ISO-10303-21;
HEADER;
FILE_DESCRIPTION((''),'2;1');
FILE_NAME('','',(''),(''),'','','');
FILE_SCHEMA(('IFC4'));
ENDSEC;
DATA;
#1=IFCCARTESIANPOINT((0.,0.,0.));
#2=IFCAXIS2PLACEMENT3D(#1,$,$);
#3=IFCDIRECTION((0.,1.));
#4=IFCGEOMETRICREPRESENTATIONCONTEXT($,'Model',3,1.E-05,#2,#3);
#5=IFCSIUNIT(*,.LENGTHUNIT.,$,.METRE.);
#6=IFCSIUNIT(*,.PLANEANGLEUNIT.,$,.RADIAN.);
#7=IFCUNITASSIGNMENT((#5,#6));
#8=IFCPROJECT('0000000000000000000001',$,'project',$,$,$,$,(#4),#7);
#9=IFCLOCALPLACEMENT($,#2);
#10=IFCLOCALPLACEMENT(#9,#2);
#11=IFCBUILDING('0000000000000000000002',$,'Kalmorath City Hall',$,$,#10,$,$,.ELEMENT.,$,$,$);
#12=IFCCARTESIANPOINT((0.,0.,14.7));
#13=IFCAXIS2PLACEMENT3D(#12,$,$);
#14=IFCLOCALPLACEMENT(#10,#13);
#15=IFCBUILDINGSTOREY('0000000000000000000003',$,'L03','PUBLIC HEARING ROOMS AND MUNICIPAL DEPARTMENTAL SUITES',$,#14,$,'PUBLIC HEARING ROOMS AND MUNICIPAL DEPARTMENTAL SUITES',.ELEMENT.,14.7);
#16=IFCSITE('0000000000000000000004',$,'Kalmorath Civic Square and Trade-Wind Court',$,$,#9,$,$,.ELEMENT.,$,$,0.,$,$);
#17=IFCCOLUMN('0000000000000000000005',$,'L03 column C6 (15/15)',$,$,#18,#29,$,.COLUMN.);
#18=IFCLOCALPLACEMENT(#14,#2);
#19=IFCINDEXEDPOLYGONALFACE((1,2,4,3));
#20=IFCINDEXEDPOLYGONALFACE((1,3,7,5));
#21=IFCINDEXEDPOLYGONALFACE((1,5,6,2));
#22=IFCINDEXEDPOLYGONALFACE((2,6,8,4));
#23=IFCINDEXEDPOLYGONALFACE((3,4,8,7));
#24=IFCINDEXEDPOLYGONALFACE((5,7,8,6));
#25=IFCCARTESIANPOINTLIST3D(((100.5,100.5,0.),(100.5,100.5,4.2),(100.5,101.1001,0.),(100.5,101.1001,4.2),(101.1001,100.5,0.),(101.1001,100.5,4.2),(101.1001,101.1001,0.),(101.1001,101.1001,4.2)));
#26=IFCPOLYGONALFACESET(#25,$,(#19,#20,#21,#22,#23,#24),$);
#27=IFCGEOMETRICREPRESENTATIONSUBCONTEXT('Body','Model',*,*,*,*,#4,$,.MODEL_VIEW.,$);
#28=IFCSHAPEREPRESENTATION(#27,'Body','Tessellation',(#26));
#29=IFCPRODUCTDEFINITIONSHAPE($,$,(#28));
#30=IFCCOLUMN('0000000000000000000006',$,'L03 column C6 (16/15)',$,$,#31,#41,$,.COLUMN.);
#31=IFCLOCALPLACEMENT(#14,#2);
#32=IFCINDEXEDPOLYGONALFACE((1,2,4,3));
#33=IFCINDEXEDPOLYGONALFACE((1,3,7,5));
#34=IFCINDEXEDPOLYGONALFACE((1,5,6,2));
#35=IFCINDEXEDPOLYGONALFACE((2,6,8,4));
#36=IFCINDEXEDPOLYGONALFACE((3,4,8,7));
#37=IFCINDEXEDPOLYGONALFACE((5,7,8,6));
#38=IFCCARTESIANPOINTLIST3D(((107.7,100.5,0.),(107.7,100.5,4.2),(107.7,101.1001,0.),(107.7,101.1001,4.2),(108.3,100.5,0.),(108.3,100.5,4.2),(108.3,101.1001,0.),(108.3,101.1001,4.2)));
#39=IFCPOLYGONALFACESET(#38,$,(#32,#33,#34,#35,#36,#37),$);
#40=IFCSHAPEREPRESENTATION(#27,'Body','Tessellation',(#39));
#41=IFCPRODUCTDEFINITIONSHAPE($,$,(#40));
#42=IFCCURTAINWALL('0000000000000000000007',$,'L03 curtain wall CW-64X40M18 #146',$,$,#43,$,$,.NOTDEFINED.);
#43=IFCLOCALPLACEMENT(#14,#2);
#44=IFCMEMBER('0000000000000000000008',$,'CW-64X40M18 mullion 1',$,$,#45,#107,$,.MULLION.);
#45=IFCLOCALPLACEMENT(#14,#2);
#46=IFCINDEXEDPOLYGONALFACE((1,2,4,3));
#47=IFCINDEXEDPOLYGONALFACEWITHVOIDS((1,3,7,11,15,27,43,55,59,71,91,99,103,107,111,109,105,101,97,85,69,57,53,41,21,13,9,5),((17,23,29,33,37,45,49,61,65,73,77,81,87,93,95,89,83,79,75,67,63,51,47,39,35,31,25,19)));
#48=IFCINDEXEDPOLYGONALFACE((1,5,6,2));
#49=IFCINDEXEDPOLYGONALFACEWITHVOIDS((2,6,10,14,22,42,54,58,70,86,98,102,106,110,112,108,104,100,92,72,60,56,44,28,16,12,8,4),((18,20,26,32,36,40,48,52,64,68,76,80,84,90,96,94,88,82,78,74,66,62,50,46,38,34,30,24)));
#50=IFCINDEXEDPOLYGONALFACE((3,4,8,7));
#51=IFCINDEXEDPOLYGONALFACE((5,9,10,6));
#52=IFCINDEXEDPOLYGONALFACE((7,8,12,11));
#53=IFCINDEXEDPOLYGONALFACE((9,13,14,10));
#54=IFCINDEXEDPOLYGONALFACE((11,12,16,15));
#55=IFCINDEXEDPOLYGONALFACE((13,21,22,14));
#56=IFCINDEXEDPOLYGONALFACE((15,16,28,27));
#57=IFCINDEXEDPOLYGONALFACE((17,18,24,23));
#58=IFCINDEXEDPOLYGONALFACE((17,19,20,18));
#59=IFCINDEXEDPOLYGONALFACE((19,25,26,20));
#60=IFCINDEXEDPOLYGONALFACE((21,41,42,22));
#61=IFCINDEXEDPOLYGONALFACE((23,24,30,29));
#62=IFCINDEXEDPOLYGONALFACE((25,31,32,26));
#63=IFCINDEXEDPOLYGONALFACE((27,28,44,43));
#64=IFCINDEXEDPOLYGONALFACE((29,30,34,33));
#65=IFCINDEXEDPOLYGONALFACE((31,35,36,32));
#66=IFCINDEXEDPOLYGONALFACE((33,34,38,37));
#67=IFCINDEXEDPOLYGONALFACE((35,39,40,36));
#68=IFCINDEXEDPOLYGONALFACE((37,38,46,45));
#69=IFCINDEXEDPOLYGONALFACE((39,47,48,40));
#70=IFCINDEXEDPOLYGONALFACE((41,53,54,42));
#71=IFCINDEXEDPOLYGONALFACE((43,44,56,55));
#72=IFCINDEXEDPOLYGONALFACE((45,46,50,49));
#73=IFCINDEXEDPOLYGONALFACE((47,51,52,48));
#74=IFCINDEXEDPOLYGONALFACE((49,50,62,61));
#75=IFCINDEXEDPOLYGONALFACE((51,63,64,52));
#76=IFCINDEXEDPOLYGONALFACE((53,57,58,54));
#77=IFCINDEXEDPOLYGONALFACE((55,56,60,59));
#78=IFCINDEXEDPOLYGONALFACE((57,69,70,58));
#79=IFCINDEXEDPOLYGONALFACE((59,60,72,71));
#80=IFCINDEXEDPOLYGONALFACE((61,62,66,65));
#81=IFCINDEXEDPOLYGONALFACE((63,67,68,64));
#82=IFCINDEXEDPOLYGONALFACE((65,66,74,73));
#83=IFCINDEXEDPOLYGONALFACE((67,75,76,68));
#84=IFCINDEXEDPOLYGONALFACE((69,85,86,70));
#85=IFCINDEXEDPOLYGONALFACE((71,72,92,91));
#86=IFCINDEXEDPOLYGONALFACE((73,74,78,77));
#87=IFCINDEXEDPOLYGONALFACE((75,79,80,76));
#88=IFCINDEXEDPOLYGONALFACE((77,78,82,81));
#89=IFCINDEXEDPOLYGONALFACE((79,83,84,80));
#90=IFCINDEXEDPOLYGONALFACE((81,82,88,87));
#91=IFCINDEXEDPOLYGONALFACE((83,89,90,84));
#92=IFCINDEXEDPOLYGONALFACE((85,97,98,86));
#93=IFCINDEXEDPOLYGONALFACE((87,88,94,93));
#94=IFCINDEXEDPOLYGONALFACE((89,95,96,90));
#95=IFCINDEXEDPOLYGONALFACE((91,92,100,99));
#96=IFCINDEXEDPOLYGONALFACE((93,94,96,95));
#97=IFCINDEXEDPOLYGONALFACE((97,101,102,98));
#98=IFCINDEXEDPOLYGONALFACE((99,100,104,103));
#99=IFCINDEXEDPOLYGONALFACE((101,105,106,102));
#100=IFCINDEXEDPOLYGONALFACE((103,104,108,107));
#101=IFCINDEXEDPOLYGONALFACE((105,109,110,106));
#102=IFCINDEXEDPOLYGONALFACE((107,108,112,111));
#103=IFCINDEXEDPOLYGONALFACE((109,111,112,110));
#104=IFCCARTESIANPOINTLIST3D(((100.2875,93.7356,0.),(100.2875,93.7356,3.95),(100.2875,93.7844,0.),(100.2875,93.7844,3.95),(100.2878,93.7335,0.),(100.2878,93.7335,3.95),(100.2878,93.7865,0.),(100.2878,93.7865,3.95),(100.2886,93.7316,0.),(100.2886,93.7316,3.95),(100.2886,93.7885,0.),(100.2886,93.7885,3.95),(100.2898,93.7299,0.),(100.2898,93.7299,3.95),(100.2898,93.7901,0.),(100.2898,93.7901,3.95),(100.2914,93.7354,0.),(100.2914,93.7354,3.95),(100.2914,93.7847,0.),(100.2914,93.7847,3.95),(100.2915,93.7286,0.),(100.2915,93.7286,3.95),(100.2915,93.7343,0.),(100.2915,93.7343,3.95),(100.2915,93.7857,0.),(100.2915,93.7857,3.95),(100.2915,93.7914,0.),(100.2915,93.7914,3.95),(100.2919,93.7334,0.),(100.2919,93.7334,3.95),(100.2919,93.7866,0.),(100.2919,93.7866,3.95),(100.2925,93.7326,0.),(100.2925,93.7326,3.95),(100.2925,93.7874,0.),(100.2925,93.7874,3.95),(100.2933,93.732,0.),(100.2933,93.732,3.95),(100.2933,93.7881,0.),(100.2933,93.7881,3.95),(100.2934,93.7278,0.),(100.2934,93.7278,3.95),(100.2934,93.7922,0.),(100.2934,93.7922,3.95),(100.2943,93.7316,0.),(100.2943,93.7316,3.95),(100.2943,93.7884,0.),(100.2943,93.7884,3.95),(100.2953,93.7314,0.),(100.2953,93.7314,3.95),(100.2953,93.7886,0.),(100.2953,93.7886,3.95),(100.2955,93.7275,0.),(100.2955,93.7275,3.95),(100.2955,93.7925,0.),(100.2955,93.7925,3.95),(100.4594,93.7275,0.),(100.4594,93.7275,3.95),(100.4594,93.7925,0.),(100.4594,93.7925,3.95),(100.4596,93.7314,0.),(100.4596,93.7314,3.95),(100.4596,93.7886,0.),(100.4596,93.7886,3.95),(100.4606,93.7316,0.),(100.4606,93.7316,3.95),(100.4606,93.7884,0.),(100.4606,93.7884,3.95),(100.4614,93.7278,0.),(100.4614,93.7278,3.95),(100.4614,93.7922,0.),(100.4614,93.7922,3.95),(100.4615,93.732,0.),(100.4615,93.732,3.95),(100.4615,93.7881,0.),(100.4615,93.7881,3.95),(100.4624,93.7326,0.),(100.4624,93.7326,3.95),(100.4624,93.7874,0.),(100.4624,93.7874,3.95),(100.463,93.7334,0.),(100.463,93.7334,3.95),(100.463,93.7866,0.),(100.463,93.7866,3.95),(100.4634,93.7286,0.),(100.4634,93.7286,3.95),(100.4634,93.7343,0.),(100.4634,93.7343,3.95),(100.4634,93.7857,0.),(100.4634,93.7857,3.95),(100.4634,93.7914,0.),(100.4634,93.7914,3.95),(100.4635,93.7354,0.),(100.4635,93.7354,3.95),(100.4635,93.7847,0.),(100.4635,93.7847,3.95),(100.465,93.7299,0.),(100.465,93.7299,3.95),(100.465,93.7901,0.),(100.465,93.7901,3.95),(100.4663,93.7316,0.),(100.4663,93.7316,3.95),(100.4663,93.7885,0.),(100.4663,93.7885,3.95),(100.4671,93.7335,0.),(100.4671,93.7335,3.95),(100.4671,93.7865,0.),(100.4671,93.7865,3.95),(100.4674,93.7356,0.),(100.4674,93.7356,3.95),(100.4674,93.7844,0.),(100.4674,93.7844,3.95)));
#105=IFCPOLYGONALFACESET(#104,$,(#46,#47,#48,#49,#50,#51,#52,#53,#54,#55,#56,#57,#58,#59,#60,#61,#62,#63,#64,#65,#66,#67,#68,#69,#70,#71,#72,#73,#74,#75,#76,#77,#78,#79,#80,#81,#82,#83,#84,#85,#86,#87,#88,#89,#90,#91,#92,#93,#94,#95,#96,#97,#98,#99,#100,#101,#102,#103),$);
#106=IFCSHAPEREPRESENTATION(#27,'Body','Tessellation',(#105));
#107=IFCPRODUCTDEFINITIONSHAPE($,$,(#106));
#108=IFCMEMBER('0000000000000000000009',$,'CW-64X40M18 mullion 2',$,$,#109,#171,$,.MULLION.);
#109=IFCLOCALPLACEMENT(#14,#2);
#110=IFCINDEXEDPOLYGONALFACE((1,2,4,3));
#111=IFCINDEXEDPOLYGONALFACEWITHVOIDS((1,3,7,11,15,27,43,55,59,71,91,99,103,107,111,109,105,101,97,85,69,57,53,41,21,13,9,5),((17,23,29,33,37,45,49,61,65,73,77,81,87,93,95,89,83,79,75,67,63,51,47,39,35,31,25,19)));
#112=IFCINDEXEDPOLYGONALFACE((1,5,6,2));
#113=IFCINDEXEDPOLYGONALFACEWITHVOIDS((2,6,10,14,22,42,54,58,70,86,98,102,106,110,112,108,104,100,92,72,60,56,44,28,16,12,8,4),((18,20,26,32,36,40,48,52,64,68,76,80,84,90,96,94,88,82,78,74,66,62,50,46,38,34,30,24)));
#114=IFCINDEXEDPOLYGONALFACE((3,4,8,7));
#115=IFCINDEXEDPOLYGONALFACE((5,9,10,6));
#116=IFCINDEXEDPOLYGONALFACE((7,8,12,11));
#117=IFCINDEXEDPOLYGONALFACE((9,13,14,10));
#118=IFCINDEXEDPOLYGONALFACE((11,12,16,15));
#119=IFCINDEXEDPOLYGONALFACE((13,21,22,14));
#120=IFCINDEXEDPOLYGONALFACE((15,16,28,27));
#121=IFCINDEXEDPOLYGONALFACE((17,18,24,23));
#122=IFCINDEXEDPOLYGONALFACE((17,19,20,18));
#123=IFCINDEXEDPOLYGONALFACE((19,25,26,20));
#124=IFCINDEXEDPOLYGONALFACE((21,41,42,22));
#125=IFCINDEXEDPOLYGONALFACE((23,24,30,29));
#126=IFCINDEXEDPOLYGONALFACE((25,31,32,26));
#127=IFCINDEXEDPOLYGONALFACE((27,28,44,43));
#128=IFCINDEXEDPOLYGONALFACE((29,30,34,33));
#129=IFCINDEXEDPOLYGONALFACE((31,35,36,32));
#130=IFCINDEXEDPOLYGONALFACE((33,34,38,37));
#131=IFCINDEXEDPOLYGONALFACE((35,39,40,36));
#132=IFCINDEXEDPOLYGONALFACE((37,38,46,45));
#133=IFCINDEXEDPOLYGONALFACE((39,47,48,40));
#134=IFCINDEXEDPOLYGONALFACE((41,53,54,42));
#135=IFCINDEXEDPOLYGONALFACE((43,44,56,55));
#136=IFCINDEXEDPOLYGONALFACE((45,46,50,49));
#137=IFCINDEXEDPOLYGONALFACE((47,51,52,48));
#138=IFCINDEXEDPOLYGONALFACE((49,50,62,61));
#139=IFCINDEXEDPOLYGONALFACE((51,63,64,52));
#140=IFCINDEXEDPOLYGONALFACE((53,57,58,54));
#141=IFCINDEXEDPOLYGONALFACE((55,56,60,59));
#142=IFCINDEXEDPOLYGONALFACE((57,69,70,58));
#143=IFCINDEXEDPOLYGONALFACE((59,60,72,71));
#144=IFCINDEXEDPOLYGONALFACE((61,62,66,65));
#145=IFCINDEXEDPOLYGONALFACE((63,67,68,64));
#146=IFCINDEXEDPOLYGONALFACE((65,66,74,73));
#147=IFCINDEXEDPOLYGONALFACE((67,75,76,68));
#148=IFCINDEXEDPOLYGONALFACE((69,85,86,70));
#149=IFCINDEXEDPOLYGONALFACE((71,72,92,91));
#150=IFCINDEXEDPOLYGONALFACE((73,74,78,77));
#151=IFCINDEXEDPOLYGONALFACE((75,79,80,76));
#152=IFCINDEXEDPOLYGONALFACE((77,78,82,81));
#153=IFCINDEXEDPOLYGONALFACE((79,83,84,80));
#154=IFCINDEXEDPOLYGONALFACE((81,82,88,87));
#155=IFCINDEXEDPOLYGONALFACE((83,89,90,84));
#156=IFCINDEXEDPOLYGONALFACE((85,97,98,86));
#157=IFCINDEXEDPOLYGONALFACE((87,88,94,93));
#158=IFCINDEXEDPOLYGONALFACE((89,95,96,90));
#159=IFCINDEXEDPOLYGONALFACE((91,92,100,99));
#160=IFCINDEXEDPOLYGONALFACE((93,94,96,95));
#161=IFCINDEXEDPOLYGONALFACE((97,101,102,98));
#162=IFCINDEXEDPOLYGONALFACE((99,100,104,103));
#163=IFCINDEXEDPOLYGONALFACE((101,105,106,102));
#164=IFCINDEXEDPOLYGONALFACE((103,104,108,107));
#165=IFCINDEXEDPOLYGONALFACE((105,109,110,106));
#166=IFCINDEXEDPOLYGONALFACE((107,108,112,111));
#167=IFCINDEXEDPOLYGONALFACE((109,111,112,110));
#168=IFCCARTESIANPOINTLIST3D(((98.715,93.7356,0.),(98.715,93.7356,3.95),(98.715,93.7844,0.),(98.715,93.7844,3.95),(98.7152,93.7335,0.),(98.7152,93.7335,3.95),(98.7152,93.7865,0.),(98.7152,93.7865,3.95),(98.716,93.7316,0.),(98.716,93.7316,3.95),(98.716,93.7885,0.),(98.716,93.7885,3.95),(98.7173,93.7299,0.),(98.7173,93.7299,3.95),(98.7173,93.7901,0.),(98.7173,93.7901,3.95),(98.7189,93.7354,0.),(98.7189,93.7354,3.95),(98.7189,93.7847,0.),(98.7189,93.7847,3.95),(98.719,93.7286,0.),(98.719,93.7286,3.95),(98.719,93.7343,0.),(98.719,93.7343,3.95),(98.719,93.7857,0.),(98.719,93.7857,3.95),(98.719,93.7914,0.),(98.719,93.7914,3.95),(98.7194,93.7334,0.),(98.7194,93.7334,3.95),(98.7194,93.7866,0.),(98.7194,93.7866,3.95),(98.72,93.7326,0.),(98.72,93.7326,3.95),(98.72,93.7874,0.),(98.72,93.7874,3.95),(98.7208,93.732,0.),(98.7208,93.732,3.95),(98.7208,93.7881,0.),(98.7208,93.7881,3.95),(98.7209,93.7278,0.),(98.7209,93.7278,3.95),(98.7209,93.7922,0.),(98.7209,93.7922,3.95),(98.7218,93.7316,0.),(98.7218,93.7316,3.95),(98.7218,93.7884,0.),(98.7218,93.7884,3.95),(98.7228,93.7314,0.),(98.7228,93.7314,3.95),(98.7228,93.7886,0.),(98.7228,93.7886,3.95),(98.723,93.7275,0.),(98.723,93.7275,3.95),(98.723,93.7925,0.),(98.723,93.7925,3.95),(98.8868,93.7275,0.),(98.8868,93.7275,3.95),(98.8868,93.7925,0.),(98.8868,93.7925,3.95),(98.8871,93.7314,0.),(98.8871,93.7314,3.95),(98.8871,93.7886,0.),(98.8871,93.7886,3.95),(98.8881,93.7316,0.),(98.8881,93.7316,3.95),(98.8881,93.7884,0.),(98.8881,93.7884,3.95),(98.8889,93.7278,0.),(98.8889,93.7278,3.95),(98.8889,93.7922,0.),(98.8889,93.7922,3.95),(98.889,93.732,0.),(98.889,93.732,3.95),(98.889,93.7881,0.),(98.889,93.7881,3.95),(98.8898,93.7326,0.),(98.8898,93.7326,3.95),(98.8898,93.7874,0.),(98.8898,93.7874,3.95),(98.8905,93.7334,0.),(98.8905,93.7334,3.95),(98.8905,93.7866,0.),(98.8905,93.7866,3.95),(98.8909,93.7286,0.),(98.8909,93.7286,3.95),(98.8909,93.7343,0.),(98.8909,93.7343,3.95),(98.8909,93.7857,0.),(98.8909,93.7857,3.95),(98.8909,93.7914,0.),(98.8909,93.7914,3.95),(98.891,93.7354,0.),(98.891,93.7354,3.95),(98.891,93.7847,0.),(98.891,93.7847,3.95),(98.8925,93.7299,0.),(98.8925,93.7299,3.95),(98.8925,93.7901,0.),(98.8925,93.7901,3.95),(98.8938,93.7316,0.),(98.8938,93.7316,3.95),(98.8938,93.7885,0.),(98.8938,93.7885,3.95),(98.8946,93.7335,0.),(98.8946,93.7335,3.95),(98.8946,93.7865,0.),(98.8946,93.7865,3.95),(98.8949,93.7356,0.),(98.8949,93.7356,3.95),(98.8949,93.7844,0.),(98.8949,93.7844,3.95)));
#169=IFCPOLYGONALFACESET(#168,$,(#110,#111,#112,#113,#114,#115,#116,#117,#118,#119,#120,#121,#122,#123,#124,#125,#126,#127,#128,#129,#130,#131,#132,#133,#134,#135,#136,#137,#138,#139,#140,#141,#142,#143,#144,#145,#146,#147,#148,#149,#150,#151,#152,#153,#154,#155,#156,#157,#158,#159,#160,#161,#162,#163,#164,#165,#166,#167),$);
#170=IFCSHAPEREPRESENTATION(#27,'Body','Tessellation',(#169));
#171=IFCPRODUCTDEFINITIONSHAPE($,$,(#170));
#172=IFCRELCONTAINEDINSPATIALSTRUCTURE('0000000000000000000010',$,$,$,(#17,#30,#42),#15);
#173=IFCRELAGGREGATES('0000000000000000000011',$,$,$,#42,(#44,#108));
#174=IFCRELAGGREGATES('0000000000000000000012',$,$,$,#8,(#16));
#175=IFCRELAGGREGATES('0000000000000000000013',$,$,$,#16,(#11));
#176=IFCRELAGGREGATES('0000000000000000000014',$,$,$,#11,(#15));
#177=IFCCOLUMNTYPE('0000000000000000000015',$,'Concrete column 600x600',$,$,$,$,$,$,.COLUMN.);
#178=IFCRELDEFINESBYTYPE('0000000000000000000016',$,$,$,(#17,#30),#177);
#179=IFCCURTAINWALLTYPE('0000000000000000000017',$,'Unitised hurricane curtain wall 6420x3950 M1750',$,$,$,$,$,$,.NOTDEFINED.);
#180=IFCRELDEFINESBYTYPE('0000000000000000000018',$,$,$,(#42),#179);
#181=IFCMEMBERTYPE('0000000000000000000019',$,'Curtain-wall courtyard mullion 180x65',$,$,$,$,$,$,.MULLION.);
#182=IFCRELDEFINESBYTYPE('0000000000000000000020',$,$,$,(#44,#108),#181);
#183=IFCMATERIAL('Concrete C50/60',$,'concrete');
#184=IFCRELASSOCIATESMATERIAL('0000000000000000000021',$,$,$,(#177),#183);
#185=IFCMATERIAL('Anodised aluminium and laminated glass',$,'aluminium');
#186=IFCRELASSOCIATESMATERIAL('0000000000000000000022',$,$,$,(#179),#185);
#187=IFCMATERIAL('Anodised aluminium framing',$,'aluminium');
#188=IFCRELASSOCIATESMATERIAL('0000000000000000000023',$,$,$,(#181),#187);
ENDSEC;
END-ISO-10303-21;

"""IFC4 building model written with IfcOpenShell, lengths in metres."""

from ifc_helpers import new_model, si_unit, direction, frame, origin, origin_2d, place, context, subcontext, project, spatial, rectangle, hollow_rectangle, extrude, material, material_profile, profile_set, type_object, element, aggregate, save


model = new_model("IFC4")

# Units and contexts
model_context = context("Model", 3, precision=1e-05, world=origin(), true_north=direction((0.0, 1.0)))
body_context = subcontext(model_context, "Body", "Model", "MODEL_VIEW")
ifc_project = project(units=[si_unit("LENGTHUNIT", "METRE"), si_unit("PLANEANGLEUNIT", "RADIAN")], contexts=[model_context])

# Site, building, storey
site_placement = place(None, origin())
site = spatial("IfcSite", under=ifc_project, at=site_placement, Name="Kalmorath Civic Square and Trade-Wind Court", CompositionType="ELEMENT", RefElevation=0.0)
building_placement = place(site_placement, origin())
building = spatial("IfcBuilding", under=site, at=building_placement, Name="Kalmorath City Hall", CompositionType="ELEMENT")
storey_placement = place(building_placement, frame((0.0, 0.0, 14.7)))
storey = spatial("IfcBuildingStorey", under=building, at=storey_placement, Name="L03", Description="PUBLIC HEARING ROOMS AND MUNICIPAL DEPARTMENTAL SUITES", LongName="PUBLIC HEARING ROOMS AND MUNICIPAL DEPARTMENTAL SUITES", CompositionType="ELEMENT", Elevation=14.7)

# Columns
ifc_material_1 = material(Name="Concrete C50/60", Category="concrete")
ifc_material_profile_1 = material_profile(ifc_material_1, rectangle(XDim=0.6001, YDim=0.6001, at=origin_2d()), Name="RC-COL-600X600")
ifc_profile_set_1 = profile_set([ifc_material_profile_1], Name="Concrete C50/60")
column_type = type_object("IfcColumnType", Name="Concrete column 600x600", PredefinedType="COLUMN", material=ifc_profile_set_1)
for number, where, z_axis, x_axis, name in (
    (1, (100.8, 100.8, 0.0), (0.0, 0.0, 1.0), (1.0, 0.0, 0.0), "L03 column C6 (15/15)"),
    (2, (108.0, 100.8, 0.0), (0.0, 0.0, 1.0), (1.0, 0.0, 0.0), "L03 column C6 (16/15)"),
):
    element("IfcColumn", number, at=place(storey_placement, frame(where, z_axis=z_axis, x_axis=x_axis)), inside=storey, type_object=column_type, Name=name, PredefinedType="COLUMN", context=body_context, shape_type="SweptSolid", body=[
        extrude(rectangle(XDim=0.6001, YDim=0.6001, at=origin_2d()), origin(), (0.0, 0.0, 1.0), 4.2),
    ])

# Curtain wall, members
ifc_material_2 = material(Name="Anodised aluminium and laminated glass", Category="aluminium")
curtain_wall_type = type_object("IfcCurtainWallType", Name="Unitised hurricane curtain wall 6420x3950 M1750", PredefinedType="NOTDEFINED", material=ifc_material_2)
curtain_wall_placement = place(storey_placement, origin())
curtain_wall = element("IfcCurtainWall", 3, at=curtain_wall_placement, inside=storey, type_object=curtain_wall_type, Name="L03 curtain wall CW-64X40M18 #146", PredefinedType="NOTDEFINED")
ifc_material_3 = material(Name="Anodised aluminium framing", Category="aluminium")
ifc_material_profile_2 = material_profile(ifc_material_3, hollow_rectangle(XDim=0.0649, YDim=0.1799, WallThickness=0.0039, InnerFilletRadius=0.0039, OuterFilletRadius=0.0081, at=origin_2d()), Name="ALU-MUL-180X65X4")
ifc_profile_set_2 = profile_set([ifc_material_profile_2], Name="Anodised aluminium framing")
member_type_1 = type_object("IfcMemberType", Name="Curtain-wall courtyard mullion 180x65", PredefinedType="MULLION", material=ifc_profile_set_2)
member_1_placement = place(storey_placement, frame((100.3774, 93.76, 0.0), z_axis=(0.0, 0.0, 1.0), x_axis=(0.0, -1.0, 0.0)))
member_1 = element("IfcMember", 4, at=member_1_placement, type_object=member_type_1, Name="CW-64X40M18 mullion 1", PredefinedType="MULLION", context=body_context, shape_type="SweptSolid", body=[
    extrude(hollow_rectangle(XDim=0.0649, YDim=0.1799, WallThickness=0.0039, InnerFilletRadius=0.0039, OuterFilletRadius=0.0081, at=origin_2d()), origin(), (0.0, 0.0, 1.0), 3.95),
])
member_2_placement = place(storey_placement, frame((98.8049, 93.76, 0.0), z_axis=(0.0, 0.0, 1.0), x_axis=(0.0, -1.0, 0.0)))
member_2 = element("IfcMember", 5, at=member_2_placement, type_object=member_type_1, Name="CW-64X40M18 mullion 2", PredefinedType="MULLION", context=body_context, shape_type="SweptSolid", body=[
    extrude(hollow_rectangle(XDim=0.0649, YDim=0.1799, WallThickness=0.0039, InnerFilletRadius=0.0039, OuterFilletRadius=0.0081, at=origin_2d()), origin(), (0.0, 0.0, 1.0), 3.95),
])

aggregate(curtain_wall, [member_1, member_2])

save(model, "model.ifc")
